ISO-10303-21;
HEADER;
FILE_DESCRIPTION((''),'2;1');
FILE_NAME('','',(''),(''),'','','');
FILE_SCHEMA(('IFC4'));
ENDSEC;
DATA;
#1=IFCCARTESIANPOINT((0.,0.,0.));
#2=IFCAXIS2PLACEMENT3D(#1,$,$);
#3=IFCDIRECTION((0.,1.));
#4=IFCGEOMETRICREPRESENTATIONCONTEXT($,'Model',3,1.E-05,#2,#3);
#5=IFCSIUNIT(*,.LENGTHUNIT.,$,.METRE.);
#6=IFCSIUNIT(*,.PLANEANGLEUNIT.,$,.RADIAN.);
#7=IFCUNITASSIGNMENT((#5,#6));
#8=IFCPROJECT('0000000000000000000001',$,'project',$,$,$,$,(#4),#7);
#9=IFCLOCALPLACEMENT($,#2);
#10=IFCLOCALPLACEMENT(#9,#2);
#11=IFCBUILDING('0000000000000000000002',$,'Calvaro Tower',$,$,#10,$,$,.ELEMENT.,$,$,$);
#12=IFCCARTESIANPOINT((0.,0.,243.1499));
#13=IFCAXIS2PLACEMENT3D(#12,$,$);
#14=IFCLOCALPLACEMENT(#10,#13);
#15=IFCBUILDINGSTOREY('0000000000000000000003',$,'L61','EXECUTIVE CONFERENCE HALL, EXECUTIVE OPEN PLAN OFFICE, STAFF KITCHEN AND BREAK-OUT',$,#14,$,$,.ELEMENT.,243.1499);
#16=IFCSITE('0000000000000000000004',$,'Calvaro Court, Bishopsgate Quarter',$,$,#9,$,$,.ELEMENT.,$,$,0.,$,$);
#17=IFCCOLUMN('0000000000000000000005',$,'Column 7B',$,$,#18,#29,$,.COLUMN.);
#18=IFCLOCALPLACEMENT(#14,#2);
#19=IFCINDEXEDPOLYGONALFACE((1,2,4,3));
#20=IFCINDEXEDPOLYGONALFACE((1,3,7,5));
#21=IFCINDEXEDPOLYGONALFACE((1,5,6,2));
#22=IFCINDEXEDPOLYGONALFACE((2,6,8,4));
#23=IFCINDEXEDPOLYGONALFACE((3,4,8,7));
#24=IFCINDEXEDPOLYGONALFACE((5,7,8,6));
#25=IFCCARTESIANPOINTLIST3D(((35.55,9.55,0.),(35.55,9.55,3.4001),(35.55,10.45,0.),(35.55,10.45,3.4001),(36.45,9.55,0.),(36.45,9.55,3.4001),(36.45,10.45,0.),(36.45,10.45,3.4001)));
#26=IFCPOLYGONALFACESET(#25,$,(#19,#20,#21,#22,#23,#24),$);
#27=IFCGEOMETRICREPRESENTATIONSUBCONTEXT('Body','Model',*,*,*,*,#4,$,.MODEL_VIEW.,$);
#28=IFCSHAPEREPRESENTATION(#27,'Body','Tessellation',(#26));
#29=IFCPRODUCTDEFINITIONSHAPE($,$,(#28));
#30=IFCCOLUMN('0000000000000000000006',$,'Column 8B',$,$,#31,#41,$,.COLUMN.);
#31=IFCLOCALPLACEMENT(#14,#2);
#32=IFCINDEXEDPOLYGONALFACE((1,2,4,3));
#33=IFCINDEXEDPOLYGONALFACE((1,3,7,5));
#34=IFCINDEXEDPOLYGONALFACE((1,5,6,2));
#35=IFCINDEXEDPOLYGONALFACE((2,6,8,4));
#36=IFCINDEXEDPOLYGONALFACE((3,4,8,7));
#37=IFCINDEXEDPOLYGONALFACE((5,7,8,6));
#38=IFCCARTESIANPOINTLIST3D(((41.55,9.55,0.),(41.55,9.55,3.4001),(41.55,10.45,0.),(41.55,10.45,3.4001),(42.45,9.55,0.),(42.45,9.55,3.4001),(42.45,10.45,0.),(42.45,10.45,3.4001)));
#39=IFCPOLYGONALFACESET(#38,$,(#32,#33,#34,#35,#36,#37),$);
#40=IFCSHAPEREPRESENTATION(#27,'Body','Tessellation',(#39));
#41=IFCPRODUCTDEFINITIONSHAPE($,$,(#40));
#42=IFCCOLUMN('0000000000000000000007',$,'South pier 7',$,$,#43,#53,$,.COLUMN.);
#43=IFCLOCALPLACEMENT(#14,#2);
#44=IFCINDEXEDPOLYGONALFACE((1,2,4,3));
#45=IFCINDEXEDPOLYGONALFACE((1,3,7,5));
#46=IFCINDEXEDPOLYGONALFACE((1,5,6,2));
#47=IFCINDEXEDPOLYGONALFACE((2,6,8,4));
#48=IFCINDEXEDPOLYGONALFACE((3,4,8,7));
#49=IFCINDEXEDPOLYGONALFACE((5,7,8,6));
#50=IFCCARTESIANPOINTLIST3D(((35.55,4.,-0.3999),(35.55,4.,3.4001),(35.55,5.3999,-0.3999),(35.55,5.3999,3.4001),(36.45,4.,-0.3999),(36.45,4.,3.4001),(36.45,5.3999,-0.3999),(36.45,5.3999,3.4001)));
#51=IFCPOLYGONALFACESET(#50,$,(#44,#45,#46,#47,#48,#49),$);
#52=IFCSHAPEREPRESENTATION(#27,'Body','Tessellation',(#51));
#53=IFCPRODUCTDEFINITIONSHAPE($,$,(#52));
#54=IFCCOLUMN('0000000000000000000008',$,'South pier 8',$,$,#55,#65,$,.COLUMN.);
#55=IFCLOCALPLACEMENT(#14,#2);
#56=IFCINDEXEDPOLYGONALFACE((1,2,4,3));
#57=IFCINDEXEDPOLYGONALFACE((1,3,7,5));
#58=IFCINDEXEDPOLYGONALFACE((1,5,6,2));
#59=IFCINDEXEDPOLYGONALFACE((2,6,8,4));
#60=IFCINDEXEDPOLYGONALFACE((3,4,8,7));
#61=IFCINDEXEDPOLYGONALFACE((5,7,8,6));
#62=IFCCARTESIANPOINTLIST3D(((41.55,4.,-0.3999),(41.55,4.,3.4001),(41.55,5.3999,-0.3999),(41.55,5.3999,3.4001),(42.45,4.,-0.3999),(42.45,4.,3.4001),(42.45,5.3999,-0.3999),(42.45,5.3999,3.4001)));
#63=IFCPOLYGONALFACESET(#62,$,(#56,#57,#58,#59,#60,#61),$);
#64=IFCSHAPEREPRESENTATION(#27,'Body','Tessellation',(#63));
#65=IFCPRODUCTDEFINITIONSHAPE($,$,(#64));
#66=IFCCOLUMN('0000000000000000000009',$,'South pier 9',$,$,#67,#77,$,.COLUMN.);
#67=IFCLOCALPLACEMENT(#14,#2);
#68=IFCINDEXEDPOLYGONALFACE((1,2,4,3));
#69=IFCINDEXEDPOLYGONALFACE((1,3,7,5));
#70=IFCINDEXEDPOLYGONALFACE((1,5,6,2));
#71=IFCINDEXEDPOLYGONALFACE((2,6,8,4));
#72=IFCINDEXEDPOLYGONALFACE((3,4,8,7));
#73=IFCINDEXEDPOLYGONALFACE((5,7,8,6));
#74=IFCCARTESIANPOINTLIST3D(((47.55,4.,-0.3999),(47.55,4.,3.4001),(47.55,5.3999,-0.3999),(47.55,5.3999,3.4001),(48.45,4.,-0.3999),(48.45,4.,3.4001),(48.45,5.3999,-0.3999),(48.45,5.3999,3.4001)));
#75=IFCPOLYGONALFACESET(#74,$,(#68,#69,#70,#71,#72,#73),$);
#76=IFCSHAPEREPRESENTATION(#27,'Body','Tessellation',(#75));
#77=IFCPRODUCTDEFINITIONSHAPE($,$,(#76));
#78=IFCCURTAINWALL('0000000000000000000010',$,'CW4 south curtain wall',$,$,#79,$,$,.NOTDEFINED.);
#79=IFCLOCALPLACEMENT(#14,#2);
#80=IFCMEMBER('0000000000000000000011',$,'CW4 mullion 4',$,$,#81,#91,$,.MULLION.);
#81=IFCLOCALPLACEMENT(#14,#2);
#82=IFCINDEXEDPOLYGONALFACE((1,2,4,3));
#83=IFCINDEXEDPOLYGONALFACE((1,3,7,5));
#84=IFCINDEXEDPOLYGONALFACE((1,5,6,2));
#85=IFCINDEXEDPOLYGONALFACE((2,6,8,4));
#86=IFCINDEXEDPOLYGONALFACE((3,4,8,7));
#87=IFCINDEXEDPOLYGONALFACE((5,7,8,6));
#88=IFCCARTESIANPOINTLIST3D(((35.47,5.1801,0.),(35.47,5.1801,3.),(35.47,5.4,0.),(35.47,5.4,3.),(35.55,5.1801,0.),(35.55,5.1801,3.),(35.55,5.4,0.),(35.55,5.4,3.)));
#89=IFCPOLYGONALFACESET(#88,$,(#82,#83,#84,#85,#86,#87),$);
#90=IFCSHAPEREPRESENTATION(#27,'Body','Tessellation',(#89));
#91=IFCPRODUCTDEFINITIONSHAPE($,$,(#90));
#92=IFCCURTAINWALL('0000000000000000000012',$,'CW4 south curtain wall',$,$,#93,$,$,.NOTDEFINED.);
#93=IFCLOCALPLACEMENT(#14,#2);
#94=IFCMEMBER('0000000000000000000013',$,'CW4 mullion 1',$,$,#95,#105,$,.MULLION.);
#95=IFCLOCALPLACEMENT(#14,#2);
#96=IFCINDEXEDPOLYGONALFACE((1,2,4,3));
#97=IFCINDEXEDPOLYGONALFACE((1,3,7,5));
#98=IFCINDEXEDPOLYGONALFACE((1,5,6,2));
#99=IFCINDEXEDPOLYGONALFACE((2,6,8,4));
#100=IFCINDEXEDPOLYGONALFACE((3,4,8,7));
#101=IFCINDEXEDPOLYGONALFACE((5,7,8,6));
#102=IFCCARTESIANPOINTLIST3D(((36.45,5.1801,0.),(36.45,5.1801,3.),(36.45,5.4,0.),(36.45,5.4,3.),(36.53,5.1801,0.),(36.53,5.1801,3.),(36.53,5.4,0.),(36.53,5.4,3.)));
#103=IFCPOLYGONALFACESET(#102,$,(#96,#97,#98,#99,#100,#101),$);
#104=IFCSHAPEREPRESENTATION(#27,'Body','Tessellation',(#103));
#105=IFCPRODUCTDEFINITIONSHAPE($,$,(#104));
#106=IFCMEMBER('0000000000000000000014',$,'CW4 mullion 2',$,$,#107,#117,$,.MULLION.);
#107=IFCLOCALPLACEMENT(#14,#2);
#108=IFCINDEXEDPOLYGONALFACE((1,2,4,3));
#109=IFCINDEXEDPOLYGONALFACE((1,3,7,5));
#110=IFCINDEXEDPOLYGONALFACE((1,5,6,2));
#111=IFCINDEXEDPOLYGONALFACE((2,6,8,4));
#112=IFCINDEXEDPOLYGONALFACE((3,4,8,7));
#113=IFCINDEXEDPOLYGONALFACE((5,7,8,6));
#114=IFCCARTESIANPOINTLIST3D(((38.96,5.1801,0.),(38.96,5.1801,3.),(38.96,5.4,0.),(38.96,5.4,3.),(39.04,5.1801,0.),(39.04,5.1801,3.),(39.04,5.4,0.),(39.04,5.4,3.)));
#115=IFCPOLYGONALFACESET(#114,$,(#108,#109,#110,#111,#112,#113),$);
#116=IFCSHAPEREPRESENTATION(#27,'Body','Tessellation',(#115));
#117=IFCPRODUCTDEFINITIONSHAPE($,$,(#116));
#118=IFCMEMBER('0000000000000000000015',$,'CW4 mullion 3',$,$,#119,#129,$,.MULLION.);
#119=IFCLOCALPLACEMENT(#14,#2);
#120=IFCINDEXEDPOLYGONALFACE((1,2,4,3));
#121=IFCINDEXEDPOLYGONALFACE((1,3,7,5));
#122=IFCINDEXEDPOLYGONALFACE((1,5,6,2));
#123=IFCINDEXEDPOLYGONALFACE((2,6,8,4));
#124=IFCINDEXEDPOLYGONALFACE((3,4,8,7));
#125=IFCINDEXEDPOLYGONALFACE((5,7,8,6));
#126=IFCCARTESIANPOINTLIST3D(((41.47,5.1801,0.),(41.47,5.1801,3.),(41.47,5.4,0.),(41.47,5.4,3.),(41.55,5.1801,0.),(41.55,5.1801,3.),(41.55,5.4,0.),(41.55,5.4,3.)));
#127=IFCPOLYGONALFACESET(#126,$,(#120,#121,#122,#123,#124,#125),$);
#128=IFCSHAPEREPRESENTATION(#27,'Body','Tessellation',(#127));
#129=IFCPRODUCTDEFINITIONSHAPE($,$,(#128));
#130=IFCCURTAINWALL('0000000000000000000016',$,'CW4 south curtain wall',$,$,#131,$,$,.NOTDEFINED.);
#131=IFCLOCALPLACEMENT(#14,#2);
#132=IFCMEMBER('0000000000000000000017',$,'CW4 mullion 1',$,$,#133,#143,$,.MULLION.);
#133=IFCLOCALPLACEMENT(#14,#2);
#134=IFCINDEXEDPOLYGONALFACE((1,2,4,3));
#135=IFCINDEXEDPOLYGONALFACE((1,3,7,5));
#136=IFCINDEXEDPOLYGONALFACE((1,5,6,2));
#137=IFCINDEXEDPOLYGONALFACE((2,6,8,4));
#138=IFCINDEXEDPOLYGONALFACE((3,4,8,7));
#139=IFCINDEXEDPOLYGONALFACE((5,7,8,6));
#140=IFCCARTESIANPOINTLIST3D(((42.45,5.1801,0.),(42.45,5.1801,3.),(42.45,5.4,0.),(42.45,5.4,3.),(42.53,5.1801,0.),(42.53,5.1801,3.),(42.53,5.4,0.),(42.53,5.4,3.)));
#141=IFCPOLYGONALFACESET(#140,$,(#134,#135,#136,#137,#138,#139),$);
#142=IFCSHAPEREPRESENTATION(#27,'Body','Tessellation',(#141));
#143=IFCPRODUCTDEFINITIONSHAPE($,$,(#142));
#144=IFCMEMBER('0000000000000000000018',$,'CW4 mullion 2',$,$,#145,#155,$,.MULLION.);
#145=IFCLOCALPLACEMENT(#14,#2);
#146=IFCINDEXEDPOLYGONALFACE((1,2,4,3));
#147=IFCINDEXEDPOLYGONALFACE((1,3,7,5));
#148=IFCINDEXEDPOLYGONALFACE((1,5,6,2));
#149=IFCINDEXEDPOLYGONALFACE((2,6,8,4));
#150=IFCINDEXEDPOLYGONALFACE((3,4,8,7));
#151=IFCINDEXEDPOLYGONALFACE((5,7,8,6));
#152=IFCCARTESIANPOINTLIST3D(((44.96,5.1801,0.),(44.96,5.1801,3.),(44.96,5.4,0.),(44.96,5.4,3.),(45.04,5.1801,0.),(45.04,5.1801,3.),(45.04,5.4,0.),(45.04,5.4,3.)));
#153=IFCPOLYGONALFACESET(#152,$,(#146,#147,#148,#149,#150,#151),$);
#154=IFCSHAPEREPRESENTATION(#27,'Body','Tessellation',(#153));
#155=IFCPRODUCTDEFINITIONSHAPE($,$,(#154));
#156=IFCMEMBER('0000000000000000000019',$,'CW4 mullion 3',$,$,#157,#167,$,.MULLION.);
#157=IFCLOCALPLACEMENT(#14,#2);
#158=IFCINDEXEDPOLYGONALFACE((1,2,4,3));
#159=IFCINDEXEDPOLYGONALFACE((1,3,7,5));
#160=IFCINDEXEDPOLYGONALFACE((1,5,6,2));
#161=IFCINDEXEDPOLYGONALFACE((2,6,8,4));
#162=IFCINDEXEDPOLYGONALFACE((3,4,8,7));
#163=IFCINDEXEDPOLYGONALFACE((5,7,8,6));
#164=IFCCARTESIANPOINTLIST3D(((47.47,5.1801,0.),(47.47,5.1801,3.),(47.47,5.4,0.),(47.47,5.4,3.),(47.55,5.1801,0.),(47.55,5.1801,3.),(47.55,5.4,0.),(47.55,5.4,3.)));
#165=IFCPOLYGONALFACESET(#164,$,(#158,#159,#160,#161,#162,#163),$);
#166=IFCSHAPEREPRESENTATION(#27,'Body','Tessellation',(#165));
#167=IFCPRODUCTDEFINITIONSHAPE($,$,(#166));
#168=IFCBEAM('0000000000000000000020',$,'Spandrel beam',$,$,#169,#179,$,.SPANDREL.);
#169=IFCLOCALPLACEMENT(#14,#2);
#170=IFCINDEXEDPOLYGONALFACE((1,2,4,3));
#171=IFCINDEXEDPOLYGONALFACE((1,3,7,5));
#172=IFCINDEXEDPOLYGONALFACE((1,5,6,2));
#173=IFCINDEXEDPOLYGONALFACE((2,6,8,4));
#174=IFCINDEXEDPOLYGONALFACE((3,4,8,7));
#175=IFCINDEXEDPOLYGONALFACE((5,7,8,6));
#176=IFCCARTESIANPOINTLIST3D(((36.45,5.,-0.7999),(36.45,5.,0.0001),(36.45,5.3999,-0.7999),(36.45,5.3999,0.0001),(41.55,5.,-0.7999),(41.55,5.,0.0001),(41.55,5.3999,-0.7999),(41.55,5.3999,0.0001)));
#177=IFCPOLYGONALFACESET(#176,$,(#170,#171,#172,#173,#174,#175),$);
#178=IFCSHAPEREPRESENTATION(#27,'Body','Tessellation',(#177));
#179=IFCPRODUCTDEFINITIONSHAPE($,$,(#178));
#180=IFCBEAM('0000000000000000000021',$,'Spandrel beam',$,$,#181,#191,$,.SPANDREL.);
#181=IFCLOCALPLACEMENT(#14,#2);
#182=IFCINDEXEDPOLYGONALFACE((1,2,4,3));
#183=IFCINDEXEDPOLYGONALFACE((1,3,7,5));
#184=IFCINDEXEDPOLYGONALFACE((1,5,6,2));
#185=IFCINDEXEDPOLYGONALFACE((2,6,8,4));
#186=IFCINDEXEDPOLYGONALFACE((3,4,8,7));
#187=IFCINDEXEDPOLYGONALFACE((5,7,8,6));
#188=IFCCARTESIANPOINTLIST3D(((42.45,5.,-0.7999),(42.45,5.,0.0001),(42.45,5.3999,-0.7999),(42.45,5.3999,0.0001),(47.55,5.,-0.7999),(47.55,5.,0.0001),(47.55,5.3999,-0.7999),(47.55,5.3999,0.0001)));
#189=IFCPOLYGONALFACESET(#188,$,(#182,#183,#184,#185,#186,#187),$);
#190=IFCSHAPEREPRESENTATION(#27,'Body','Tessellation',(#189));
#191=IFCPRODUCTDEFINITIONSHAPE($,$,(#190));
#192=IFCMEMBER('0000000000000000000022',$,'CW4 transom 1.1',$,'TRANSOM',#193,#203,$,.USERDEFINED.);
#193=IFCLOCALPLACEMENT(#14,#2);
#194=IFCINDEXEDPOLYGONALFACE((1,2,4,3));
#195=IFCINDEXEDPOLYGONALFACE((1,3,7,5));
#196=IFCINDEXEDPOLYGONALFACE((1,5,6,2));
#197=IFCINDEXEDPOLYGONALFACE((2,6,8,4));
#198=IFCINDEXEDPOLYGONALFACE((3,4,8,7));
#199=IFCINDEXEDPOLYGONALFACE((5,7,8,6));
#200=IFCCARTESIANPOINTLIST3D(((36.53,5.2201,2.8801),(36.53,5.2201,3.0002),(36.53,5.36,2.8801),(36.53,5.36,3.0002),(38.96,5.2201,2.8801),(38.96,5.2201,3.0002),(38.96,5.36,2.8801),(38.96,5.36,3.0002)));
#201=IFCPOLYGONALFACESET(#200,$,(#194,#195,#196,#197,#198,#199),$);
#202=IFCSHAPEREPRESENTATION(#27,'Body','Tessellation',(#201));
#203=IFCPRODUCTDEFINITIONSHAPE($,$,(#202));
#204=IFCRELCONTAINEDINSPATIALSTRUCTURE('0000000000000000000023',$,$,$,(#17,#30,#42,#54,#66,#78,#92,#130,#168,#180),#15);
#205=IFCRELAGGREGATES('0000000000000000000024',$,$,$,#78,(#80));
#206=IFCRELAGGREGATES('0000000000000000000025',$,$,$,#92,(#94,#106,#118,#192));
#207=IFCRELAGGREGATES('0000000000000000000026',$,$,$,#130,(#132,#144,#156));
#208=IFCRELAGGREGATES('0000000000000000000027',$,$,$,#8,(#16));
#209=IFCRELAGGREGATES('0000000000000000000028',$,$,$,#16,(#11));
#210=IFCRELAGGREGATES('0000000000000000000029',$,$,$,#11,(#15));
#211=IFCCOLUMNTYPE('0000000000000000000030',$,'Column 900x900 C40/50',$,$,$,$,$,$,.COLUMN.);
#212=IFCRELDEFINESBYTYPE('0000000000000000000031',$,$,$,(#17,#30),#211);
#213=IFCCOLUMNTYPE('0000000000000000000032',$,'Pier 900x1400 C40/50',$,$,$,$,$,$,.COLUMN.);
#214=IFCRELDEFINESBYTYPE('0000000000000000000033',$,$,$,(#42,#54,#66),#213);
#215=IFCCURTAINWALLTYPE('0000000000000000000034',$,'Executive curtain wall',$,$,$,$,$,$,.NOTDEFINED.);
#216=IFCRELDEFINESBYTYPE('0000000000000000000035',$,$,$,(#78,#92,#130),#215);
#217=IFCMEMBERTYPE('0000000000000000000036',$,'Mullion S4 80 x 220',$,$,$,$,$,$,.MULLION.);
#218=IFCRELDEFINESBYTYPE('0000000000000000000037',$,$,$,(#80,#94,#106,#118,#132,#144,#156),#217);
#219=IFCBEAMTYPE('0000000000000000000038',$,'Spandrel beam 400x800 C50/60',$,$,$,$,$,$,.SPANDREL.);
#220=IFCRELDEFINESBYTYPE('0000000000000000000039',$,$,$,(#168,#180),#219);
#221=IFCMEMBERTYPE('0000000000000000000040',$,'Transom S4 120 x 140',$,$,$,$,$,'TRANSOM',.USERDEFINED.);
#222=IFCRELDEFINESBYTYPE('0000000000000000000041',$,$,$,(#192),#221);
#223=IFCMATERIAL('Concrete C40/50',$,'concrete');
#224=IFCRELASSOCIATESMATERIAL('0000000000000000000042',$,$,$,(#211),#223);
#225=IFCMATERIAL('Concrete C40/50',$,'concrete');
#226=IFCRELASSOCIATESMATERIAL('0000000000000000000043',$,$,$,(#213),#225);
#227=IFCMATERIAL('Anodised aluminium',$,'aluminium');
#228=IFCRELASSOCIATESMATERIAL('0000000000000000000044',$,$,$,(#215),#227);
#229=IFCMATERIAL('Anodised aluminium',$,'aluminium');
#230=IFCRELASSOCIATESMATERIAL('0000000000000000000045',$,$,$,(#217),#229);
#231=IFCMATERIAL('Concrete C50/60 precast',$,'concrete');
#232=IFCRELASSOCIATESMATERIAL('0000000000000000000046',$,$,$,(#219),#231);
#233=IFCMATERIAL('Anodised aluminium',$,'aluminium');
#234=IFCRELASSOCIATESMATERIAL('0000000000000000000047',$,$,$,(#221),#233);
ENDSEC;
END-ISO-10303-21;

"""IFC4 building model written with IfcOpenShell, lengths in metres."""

from ifc_helpers import new_model, si_unit, direction, frame, origin, origin_2d, place, context, subcontext, project, spatial, rectangle, extrude, material, material_profile, profile_set, type_object, element, aggregate, save


model = new_model("IFC4")

# Units and contexts
model_context = context("Model", 3, precision=1e-05, world=origin(), true_north=direction((0.0, 1.0)))
body_context = subcontext(model_context, "Body", "Model", "MODEL_VIEW")
ifc_project = project(units=[si_unit("LENGTHUNIT", "METRE"), si_unit("PLANEANGLEUNIT", "RADIAN")], contexts=[model_context])

# Site, building, storey
site_placement = place(None, origin())
site = spatial("IfcSite", under=ifc_project, at=site_placement, Name="Calvaro Court, Bishopsgate Quarter", CompositionType="ELEMENT", RefElevation=0.0)
building_placement = place(site_placement, origin())
building = spatial("IfcBuilding", under=site, at=building_placement, Name="Calvaro Tower", CompositionType="ELEMENT")
storey_placement = place(building_placement, frame((0.0, 0.0, 243.1499)))
storey = spatial("IfcBuildingStorey", under=building, at=storey_placement, Name="L61", Description="EXECUTIVE CONFERENCE HALL, EXECUTIVE OPEN PLAN OFFICE, STAFF KITCHEN AND BREAK-OUT", CompositionType="ELEMENT", Elevation=243.1499)

# Columns
ifc_material_1 = material(Name="Concrete C40/50", Category="concrete")
ifc_material_profile_1 = material_profile(ifc_material_1, rectangle(XDim=0.8999, YDim=0.8999, at=origin_2d()), Name="RC 900x900")
ifc_profile_set_1 = profile_set([ifc_material_profile_1], Name="Concrete C40/50")
column_type_1 = type_object("IfcColumnType", Name="Column 900x900 C40/50", PredefinedType="COLUMN", material=ifc_profile_set_1)
for number, where, z_axis, x_axis, name in (
    (1, (36.0, 10.0, 0.0), (0.0, 0.0, 1.0), (1.0, 0.0, 0.0), "Column 7B"),
    (2, (42.0, 10.0, 0.0), (0.0, 0.0, 1.0), (1.0, 0.0, 0.0), "Column 8B"),
):
    element("IfcColumn", number, at=place(storey_placement, frame(where, z_axis=z_axis, x_axis=x_axis)), inside=storey, type_object=column_type_1, Name=name, PredefinedType="COLUMN", context=body_context, shape_type="SweptSolid", body=[
        extrude(rectangle(XDim=0.8999, YDim=0.8999, at=origin_2d()), origin(), (0.0, 0.0, 1.0), 3.4001),
    ])
ifc_material_2 = material(Name="Concrete C40/50", Category="concrete")
ifc_material_profile_2 = material_profile(ifc_material_2, rectangle(XDim=0.8999, YDim=1.3999, at=origin_2d()), Name="RC 900x1400")
ifc_profile_set_2 = profile_set([ifc_material_profile_2], Name="Concrete C40/50")
column_type_2 = type_object("IfcColumnType", Name="Pier 900x1400 C40/50", PredefinedType="COLUMN", material=ifc_profile_set_2)
for number, where, z_axis, x_axis, name in (
    (3, (36.0, 4.7, -0.3999), (0.0, 0.0, 1.0), (1.0, 0.0, 0.0), "South pier 7"),
    (4, (42.0, 4.7, -0.3999), (0.0, 0.0, 1.0), (1.0, 0.0, 0.0), "South pier 8"),
    (5, (48.0, 4.7, -0.3999), (0.0, 0.0, 1.0), (1.0, 0.0, 0.0), "South pier 9"),
):
    element("IfcColumn", number, at=place(storey_placement, frame(where, z_axis=z_axis, x_axis=x_axis)), inside=storey, type_object=column_type_2, Name=name, PredefinedType="COLUMN", context=body_context, shape_type="SweptSolid", body=[
        extrude(rectangle(XDim=0.8999, YDim=1.3999, at=origin_2d()), origin(), (0.0, 0.0, 1.0), 3.8),
    ])

# Curtain wall, member
ifc_material_3 = material(Name="Anodised aluminium", Category="aluminium")
curtain_wall_type = type_object("IfcCurtainWallType", Name="Executive curtain wall", PredefinedType="NOTDEFINED", material=ifc_material_3)
curtain_wall_1_placement = place(storey_placement, origin())
curtain_wall_1 = element("IfcCurtainWall", 6, at=curtain_wall_1_placement, inside=storey, type_object=curtain_wall_type, Name="CW4 south curtain wall", PredefinedType="NOTDEFINED")
ifc_material_4 = material(Name="Anodised aluminium", Category="aluminium")
ifc_material_profile_3 = material_profile(ifc_material_4, rectangle(XDim=0.22, YDim=0.0801, at=origin_2d()), Name="Mullion S4 80 x 220")
ifc_profile_set_3 = profile_set([ifc_material_profile_3], Name="Anodised aluminium")
member_type_1 = type_object("IfcMemberType", Name="Mullion S4 80 x 220", PredefinedType="MULLION", material=ifc_profile_set_3)
member_1_placement = place(storey_placement, frame((35.51, 5.29, 0.0), z_axis=(0.0, 0.0, 1.0), x_axis=(0.0, 1.0, 0.0)))
member_1 = element("IfcMember", 7, at=member_1_placement, type_object=member_type_1, Name="CW4 mullion 4", PredefinedType="MULLION", context=body_context, shape_type="SweptSolid", body=[
    extrude(rectangle(XDim=0.22, YDim=0.0801, at=origin_2d()), origin(), (0.0, 0.0, 1.0), 3.0),
])

# Curtain walls, members
curtain_wall_2_placement = place(storey_placement, origin())
curtain_wall_2 = element("IfcCurtainWall", 8, at=curtain_wall_2_placement, inside=storey, type_object=curtain_wall_type, Name="CW4 south curtain wall", PredefinedType="NOTDEFINED")
member_2_placement = place(storey_placement, frame((36.49, 5.29, 0.0), z_axis=(0.0, 0.0, 1.0), x_axis=(0.0, 1.0, 0.0)))
member_2 = element("IfcMember", 9, at=member_2_placement, type_object=member_type_1, Name="CW4 mullion 1", PredefinedType="MULLION", context=body_context, shape_type="SweptSolid", body=[
    extrude(rectangle(XDim=0.22, YDim=0.0801, at=origin_2d()), origin(), (0.0, 0.0, 1.0), 3.0),
])
member_3_placement = place(storey_placement, frame((39.0, 5.29, 0.0), z_axis=(0.0, 0.0, 1.0), x_axis=(0.0, 1.0, 0.0)))
member_3 = element("IfcMember", 10, at=member_3_placement, type_object=member_type_1, Name="CW4 mullion 2", PredefinedType="MULLION", context=body_context, shape_type="SweptSolid", body=[
    extrude(rectangle(XDim=0.22, YDim=0.0801, at=origin_2d()), origin(), (0.0, 0.0, 1.0), 3.0),
])
member_4_placement = place(storey_placement, frame((41.51, 5.29, 0.0), z_axis=(0.0, 0.0, 1.0), x_axis=(0.0, 1.0, 0.0)))
member_4 = element("IfcMember", 11, at=member_4_placement, type_object=member_type_1, Name="CW4 mullion 3", PredefinedType="MULLION", context=body_context, shape_type="SweptSolid", body=[
    extrude(rectangle(XDim=0.22, YDim=0.0801, at=origin_2d()), origin(), (0.0, 0.0, 1.0), 3.0),
])
curtain_wall_3_placement = place(storey_placement, origin())
curtain_wall_3 = element("IfcCurtainWall", 12, at=curtain_wall_3_placement, inside=storey, type_object=curtain_wall_type, Name="CW4 south curtain wall", PredefinedType="NOTDEFINED")
member_5_placement = place(storey_placement, frame((42.49, 5.29, 0.0), z_axis=(0.0, 0.0, 1.0), x_axis=(0.0, 1.0, 0.0)))
member_5 = element("IfcMember", 13, at=member_5_placement, type_object=member_type_1, Name="CW4 mullion 1", PredefinedType="MULLION", context=body_context, shape_type="SweptSolid", body=[
    extrude(rectangle(XDim=0.22, YDim=0.0801, at=origin_2d()), origin(), (0.0, 0.0, 1.0), 3.0),
])
member_6_placement = place(storey_placement, frame((45.0, 5.29, 0.0), z_axis=(0.0, 0.0, 1.0), x_axis=(0.0, 1.0, 0.0)))
member_6 = element("IfcMember", 14, at=member_6_placement, type_object=member_type_1, Name="CW4 mullion 2", PredefinedType="MULLION", context=body_context, shape_type="SweptSolid", body=[
    extrude(rectangle(XDim=0.22, YDim=0.0801, at=origin_2d()), origin(), (0.0, 0.0, 1.0), 3.0),
])
member_7_placement = place(storey_placement, frame((47.51, 5.29, 0.0), z_axis=(0.0, 0.0, 1.0), x_axis=(0.0, 1.0, 0.0)))
member_7 = element("IfcMember", 15, at=member_7_placement, type_object=member_type_1, Name="CW4 mullion 3", PredefinedType="MULLION", context=body_context, shape_type="SweptSolid", body=[
    extrude(rectangle(XDim=0.22, YDim=0.0801, at=origin_2d()), origin(), (0.0, 0.0, 1.0), 3.0),
])

# Beams
ifc_material_5 = material(Name="Concrete C50/60 precast", Category="concrete")
ifc_material_profile_4 = material_profile(ifc_material_5, rectangle(XDim=0.3999, YDim=0.8, at=origin_2d()), Name="RC 400x800")
ifc_profile_set_4 = profile_set([ifc_material_profile_4], Name="Concrete C50/60 precast")
beam_type = type_object("IfcBeamType", Name="Spandrel beam 400x800 C50/60", PredefinedType="SPANDREL", material=ifc_profile_set_4)
for number, where, z_axis, x_axis, name in (
    (16, (36.45, 5.2, -0.3999), (1.0, 0.0, 0.0), (0.0, 1.0, 0.0), "Spandrel beam"),
    (17, (42.45, 5.2, -0.3999), (1.0, 0.0, 0.0), (0.0, 1.0, 0.0), "Spandrel beam"),
):
    element("IfcBeam", number, at=place(storey_placement, frame(where, z_axis=z_axis, x_axis=x_axis)), inside=storey, type_object=beam_type, Name=name, PredefinedType="SPANDREL", context=body_context, shape_type="SweptSolid", body=[
        extrude(rectangle(XDim=0.3999, YDim=0.8, at=origin_2d()), origin(), (0.0, 0.0, 1.0), 5.1001),
    ])

# Member
ifc_material_6 = material(Name="Anodised aluminium", Category="aluminium")
ifc_material_profile_5 = material_profile(ifc_material_6, rectangle(XDim=0.1399, YDim=0.1201, at=origin_2d()), Name="Transom S4 120 x 140")
ifc_profile_set_5 = profile_set([ifc_material_profile_5], Name="Anodised aluminium")
member_type_2 = type_object("IfcMemberType", Name="Transom S4 120 x 140", ElementType="TRANSOM", PredefinedType="USERDEFINED", material=ifc_profile_set_5)
member_8_placement = place(storey_placement, frame((36.53, 5.29, 2.9402), z_axis=(1.0, 0.0, 0.0), x_axis=(0.0, 1.0, 0.0)))
member_8 = element("IfcMember", 18, at=member_8_placement, type_object=member_type_2, Name="CW4 transom 1.1", ObjectType="TRANSOM", PredefinedType="USERDEFINED", context=body_context, shape_type="SweptSolid", body=[
    extrude(rectangle(XDim=0.1399, YDim=0.1201, at=origin_2d()), origin(), (0.0, 0.0, 1.0), 2.4299),
])

aggregate(curtain_wall_1, [member_1])
aggregate(curtain_wall_2, [member_2, member_3, member_4, member_8])
aggregate(curtain_wall_3, [member_5, member_6, member_7])

save(model, "model.ifc")
